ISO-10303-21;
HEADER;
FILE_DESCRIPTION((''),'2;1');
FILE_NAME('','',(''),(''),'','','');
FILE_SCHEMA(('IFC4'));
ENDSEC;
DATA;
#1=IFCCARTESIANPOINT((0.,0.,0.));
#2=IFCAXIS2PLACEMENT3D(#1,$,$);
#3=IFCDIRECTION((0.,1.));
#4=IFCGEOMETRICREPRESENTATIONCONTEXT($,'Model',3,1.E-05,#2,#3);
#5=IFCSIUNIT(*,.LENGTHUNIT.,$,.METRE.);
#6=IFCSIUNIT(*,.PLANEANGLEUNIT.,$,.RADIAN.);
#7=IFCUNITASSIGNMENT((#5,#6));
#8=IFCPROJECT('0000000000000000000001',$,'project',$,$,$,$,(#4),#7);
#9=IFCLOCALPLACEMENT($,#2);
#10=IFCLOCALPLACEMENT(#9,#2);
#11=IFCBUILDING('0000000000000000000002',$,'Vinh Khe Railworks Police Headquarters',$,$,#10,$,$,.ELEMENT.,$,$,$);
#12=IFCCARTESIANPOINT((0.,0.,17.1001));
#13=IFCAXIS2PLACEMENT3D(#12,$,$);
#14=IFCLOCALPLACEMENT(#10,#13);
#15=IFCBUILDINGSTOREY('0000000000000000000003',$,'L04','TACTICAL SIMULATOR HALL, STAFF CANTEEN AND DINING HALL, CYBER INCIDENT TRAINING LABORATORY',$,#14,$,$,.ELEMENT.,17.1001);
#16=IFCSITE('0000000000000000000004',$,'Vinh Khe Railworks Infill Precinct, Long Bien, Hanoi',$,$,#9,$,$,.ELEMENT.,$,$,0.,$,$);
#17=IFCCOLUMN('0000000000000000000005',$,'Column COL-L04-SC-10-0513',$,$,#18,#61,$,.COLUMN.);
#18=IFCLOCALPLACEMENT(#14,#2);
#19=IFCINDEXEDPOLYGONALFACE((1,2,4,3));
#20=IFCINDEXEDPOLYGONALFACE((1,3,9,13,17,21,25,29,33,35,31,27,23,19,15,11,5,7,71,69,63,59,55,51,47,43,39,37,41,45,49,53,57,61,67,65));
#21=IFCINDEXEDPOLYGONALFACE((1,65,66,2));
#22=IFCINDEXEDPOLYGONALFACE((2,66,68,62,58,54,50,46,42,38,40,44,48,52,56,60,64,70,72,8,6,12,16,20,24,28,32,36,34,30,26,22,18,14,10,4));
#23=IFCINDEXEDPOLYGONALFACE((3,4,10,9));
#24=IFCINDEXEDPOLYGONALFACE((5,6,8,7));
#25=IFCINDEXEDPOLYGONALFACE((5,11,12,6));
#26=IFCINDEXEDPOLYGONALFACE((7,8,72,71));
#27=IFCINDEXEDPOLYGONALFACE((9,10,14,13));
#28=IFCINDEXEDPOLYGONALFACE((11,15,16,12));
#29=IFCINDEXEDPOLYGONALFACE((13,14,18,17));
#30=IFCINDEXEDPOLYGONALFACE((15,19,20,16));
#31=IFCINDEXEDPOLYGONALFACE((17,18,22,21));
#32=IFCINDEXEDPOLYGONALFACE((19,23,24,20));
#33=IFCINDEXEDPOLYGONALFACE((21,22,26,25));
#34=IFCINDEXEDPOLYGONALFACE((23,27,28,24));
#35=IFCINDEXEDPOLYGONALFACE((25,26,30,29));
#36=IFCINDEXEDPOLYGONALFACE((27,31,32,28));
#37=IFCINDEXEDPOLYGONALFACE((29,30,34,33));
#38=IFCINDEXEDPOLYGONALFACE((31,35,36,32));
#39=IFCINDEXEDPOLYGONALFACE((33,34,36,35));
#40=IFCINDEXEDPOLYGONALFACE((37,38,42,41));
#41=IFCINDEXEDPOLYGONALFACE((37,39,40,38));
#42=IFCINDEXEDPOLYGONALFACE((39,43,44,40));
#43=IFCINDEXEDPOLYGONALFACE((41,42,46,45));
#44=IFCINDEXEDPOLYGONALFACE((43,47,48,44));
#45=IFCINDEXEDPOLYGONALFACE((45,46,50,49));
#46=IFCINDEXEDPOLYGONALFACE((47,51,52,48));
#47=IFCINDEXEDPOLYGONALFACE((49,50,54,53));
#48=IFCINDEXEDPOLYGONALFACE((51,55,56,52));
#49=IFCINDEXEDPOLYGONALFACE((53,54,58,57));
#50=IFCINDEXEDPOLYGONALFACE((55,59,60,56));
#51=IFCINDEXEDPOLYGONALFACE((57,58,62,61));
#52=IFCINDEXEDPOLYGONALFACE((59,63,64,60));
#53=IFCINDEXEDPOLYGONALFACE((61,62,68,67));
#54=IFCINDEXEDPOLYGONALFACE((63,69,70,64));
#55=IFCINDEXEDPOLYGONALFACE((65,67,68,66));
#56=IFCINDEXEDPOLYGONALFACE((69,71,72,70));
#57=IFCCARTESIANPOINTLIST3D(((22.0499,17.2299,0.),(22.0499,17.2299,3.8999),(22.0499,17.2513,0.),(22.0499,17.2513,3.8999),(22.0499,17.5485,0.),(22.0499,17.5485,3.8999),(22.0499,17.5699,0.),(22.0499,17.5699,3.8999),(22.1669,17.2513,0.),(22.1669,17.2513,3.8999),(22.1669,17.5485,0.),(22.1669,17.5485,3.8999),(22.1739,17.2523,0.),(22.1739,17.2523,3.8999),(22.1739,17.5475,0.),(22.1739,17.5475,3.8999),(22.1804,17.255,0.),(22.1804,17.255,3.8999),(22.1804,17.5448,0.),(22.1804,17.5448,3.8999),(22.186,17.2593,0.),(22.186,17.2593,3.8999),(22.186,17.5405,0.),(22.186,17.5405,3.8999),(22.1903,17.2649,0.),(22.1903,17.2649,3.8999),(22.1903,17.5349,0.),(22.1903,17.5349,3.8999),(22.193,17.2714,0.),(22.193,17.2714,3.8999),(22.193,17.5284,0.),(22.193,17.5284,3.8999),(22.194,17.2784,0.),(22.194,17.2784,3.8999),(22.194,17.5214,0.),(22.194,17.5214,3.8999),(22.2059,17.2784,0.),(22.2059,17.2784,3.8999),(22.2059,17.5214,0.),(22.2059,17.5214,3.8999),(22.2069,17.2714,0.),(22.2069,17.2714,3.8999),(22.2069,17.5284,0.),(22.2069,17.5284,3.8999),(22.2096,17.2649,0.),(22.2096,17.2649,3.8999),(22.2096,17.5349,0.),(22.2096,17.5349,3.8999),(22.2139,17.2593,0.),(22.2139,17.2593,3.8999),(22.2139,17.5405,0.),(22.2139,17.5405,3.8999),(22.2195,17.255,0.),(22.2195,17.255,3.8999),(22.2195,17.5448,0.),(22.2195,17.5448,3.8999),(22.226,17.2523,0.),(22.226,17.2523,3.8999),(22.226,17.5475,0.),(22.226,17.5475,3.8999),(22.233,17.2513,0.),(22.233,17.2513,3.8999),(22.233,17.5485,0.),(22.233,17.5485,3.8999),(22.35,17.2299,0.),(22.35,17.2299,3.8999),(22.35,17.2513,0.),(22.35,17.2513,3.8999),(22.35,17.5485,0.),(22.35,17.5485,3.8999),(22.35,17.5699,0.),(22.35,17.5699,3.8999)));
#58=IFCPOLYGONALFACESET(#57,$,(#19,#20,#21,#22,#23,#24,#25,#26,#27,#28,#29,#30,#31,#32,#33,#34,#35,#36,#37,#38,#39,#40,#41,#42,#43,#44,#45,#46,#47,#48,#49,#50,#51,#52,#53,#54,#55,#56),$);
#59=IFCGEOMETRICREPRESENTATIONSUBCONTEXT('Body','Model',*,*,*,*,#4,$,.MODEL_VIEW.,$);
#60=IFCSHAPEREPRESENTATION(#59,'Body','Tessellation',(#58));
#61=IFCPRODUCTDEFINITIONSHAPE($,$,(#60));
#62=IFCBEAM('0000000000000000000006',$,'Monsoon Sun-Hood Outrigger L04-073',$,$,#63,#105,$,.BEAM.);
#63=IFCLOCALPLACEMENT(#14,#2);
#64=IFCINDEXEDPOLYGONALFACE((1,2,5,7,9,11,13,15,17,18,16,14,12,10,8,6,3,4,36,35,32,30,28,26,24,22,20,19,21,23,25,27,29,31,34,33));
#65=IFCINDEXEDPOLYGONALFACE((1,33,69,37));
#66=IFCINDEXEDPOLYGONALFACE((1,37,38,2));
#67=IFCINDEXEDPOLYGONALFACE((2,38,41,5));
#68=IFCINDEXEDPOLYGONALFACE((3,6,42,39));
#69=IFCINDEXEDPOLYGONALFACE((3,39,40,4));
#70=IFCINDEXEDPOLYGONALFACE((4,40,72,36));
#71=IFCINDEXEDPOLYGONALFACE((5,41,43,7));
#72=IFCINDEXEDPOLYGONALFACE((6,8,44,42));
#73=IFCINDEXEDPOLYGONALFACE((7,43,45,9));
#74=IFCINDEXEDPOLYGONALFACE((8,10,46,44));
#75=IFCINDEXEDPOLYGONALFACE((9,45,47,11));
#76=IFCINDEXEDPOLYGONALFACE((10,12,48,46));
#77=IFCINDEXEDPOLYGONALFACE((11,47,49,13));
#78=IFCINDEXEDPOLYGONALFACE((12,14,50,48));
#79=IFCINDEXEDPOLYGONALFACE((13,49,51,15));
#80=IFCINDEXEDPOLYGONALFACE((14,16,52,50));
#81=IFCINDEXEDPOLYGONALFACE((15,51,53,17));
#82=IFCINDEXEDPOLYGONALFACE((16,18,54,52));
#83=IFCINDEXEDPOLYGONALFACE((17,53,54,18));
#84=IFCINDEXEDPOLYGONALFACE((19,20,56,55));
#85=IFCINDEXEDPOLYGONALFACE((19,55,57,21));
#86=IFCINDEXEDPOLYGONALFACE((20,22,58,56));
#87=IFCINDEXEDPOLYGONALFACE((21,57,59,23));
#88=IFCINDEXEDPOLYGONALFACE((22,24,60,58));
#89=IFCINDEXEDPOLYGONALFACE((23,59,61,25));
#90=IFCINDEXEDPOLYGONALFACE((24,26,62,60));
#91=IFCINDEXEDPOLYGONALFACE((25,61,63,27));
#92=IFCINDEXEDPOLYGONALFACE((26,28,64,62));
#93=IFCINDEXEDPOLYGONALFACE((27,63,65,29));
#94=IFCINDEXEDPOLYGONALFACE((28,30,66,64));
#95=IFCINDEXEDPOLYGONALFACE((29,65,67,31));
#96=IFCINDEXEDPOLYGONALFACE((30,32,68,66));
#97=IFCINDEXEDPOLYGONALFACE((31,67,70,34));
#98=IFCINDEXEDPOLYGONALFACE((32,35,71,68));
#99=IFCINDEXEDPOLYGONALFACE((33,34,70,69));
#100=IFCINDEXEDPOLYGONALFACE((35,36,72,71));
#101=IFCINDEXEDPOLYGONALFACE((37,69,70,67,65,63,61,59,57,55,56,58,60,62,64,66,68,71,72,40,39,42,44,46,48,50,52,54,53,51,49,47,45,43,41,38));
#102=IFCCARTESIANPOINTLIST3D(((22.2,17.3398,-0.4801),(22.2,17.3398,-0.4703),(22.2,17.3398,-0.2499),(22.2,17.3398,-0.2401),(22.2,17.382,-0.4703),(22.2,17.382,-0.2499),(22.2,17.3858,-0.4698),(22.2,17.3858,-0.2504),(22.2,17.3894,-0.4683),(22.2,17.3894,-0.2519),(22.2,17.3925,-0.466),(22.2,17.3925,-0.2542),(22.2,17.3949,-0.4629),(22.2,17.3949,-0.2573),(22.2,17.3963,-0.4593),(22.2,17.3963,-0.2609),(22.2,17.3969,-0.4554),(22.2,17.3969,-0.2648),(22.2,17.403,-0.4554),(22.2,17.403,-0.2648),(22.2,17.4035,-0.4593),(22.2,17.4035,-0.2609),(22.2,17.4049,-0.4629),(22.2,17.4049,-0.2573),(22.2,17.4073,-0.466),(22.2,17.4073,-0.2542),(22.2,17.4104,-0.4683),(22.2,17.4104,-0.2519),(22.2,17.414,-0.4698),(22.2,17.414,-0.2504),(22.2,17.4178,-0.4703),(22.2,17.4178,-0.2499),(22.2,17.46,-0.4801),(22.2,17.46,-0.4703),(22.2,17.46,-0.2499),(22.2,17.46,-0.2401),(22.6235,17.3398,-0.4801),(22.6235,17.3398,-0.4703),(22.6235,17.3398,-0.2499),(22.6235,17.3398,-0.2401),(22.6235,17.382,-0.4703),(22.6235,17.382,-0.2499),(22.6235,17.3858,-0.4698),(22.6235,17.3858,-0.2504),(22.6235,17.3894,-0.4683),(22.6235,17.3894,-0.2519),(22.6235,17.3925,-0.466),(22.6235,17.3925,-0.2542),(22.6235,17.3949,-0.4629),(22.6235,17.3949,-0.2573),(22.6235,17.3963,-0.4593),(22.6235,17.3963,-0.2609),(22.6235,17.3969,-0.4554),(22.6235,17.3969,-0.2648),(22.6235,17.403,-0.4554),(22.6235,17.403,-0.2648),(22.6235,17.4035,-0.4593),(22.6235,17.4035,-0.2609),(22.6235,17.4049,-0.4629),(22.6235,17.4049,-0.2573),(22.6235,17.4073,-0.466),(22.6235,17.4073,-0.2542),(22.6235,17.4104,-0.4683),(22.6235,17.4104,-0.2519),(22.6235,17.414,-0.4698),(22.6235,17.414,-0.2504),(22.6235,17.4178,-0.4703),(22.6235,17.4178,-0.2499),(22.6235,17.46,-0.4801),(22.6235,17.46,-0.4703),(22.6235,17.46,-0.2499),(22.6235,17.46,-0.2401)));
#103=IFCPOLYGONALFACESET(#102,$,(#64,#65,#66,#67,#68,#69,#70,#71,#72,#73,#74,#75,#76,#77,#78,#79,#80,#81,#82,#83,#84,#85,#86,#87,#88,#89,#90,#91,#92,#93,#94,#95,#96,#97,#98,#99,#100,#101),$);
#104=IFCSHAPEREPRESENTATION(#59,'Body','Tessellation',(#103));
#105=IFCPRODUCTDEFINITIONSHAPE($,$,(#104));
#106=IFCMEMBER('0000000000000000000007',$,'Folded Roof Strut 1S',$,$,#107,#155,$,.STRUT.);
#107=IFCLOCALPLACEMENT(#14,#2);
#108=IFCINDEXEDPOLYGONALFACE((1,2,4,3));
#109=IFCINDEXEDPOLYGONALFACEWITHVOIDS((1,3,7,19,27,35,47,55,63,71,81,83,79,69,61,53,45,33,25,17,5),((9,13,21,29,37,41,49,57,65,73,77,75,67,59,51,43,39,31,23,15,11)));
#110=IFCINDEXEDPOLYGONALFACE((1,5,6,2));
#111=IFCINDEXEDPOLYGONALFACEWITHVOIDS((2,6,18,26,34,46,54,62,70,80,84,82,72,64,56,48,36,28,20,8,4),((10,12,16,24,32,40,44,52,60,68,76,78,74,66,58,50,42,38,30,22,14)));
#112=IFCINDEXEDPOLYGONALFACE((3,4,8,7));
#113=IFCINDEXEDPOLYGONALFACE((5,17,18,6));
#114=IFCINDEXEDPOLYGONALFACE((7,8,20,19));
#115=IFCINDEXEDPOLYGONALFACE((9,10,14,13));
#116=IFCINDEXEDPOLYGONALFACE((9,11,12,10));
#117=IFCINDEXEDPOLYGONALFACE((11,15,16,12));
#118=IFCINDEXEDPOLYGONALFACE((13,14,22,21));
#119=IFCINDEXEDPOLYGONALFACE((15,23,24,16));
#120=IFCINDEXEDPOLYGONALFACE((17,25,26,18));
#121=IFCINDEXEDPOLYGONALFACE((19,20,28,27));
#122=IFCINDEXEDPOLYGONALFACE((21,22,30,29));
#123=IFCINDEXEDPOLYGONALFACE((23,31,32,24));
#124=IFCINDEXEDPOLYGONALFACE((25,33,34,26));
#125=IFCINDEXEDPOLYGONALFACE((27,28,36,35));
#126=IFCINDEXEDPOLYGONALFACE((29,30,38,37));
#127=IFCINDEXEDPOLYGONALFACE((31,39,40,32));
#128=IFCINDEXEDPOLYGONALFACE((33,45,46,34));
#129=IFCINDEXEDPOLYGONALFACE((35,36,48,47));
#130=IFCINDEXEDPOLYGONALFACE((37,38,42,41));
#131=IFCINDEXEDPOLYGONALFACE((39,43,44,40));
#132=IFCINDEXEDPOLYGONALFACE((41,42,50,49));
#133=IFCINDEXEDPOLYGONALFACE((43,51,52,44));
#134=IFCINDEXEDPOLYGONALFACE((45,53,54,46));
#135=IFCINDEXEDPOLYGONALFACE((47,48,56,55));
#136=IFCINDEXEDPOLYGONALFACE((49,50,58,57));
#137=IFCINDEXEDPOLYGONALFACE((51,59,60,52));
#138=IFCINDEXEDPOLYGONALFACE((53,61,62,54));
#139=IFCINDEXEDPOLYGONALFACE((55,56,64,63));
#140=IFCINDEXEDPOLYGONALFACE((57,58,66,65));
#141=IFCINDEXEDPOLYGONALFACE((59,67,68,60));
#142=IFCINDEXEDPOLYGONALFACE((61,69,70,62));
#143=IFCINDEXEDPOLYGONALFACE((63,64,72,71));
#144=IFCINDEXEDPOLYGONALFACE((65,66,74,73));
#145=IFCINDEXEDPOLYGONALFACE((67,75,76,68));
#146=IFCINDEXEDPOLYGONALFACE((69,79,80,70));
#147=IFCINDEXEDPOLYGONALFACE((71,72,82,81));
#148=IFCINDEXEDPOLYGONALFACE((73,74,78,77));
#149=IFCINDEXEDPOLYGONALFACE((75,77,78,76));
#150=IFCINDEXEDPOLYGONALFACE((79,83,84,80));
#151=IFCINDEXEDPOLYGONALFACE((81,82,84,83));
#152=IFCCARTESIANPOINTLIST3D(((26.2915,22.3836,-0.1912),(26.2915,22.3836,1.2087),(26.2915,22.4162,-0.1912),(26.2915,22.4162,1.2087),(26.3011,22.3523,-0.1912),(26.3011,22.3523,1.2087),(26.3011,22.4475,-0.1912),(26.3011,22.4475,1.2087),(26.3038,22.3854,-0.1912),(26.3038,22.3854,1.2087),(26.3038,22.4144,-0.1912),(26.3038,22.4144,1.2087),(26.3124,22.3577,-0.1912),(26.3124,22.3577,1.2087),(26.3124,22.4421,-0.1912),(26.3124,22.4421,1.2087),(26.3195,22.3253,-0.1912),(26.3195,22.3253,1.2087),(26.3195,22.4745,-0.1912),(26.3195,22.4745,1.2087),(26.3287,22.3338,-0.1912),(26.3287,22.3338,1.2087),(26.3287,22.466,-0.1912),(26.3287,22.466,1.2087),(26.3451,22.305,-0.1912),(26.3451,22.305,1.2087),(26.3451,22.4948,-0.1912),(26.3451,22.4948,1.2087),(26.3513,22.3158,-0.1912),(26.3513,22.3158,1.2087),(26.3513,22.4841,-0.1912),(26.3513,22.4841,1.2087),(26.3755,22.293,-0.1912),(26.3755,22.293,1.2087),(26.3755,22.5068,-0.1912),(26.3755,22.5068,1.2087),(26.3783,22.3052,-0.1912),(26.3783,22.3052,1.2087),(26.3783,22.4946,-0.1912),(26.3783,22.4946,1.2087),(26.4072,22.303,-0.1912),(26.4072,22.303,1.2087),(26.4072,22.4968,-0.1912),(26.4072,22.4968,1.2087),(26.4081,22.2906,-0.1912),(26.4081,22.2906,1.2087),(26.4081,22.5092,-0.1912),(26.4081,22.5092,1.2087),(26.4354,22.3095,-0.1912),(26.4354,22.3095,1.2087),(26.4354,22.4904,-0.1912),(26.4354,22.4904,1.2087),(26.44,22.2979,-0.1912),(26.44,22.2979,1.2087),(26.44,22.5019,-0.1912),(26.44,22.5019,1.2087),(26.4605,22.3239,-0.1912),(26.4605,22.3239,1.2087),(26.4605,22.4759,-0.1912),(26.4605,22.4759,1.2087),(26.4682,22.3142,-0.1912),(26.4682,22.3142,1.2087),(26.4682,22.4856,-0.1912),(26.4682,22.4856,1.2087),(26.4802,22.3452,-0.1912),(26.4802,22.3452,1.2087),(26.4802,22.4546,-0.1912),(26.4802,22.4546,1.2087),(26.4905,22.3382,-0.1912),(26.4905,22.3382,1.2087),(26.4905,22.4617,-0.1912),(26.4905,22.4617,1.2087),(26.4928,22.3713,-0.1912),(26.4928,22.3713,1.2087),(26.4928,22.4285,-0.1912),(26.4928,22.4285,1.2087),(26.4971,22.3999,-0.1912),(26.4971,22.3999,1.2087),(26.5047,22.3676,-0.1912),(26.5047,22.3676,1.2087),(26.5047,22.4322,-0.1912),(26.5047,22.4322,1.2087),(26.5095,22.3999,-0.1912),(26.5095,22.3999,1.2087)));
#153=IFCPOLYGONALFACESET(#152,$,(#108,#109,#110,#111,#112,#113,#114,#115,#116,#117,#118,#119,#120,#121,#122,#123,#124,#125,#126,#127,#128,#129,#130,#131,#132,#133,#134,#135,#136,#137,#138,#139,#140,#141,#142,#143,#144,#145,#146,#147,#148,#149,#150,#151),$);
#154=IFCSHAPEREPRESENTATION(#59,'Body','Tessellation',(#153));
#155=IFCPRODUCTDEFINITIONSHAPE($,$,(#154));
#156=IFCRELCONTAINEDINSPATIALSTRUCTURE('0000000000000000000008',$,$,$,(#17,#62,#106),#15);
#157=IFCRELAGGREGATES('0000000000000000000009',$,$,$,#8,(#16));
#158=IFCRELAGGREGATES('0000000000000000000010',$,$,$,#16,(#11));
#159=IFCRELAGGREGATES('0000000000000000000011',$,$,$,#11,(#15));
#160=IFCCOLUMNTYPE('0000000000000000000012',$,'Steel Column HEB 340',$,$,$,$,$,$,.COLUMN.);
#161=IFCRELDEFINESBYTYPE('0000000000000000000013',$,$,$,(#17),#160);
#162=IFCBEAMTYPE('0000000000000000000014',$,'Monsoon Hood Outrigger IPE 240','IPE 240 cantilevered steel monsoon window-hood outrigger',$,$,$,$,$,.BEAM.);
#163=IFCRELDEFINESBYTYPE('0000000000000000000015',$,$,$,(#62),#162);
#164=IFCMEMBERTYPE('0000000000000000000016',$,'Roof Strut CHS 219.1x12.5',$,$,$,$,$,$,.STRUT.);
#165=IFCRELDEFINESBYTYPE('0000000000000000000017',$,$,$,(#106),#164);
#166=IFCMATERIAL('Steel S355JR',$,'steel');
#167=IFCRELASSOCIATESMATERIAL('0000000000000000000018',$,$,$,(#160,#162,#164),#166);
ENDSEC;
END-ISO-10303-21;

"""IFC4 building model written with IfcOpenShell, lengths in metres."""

from ifc_helpers import new_model, si_unit, direction, frame, origin, origin_2d, place, context, subcontext, project, spatial, hollow_circle, i_section, extrude, material, material_profile, profile_set, type_object, element, save


model = new_model("IFC4")

# Units and contexts
model_context = context("Model", 3, precision=1e-05, world=origin(), true_north=direction((0.0, 1.0)))
body_context = subcontext(model_context, "Body", "Model", "MODEL_VIEW")
ifc_project = project(units=[si_unit("LENGTHUNIT", "METRE"), si_unit("PLANEANGLEUNIT", "RADIAN")], contexts=[model_context])

# Site, building, storey
site_placement = place(None, origin())
site = spatial("IfcSite", under=ifc_project, at=site_placement, Name="Vinh Khe Railworks Infill Precinct, Long Bien, Hanoi", CompositionType="ELEMENT", RefElevation=0.0)
building_placement = place(site_placement, origin())
building = spatial("IfcBuilding", under=site, at=building_placement, Name="Vinh Khe Railworks Police Headquarters", CompositionType="ELEMENT")
storey_placement = place(building_placement, frame((0.0, 0.0, 17.1001)))
storey = spatial("IfcBuildingStorey", under=building, at=storey_placement, Name="L04", Description="TACTICAL SIMULATOR HALL, STAFF CANTEEN AND DINING HALL, CYBER INCIDENT TRAINING LABORATORY", CompositionType="ELEMENT", Elevation=17.1001)

# Column
ifc_material_1 = material(Name="Steel S355JR", Category="steel")
ifc_material_profile_1 = material_profile(ifc_material_1, i_section(OverallWidth=0.3, OverallDepth=0.3401, WebThickness=0.012, FlangeThickness=0.0215, FilletRadius=0.0271, at=origin_2d()), Name="HEB 340")
ifc_profile_set_1 = profile_set([ifc_material_profile_1], Name="Steel S355JR")
column_type = type_object("IfcColumnType", Name="Steel Column HEB 340", PredefinedType="COLUMN", material=ifc_profile_set_1)
column_placement = place(storey_placement, frame((22.2, 17.3999, 0.0), z_axis=(0.0, 0.0, 1.0), x_axis=(1.0, 0.0, 0.0)))
element("IfcColumn", 1, at=column_placement, inside=storey, type_object=column_type, Name="Column COL-L04-SC-10-0513", PredefinedType="COLUMN", context=body_context, shape_type="SweptSolid", body=[
    extrude(i_section(OverallWidth=0.3, OverallDepth=0.3401, WebThickness=0.012, FlangeThickness=0.0215, FilletRadius=0.0271, at=origin_2d()), origin(), (0.0, 0.0, 1.0), 3.8999),
])

# Beam
ifc_material_profile_2 = material_profile(ifc_material_1, i_section(OverallWidth=0.1201, OverallDepth=0.24, WebThickness=0.0061, FlangeThickness=0.0098, FilletRadius=0.0149, at=origin_2d()), Name="IPE 240")
ifc_profile_set_2 = profile_set([ifc_material_profile_2], Name="Steel S355JR")
beam_type_1 = type_object("IfcBeamType", Name="Monsoon Hood Outrigger IPE 240", Description="IPE 240 cantilevered steel monsoon window-hood outrigger", PredefinedType="BEAM", material=ifc_profile_set_2)
beam_1_placement = place(storey_placement, frame((22.2, 17.3999, -0.3601), z_axis=(1.0, 0.0, 0.0), x_axis=(0.0, 1.0, 0.0)))
element("IfcBeam", 2, at=beam_1_placement, inside=storey, type_object=beam_type_1, Name="Monsoon Sun-Hood Outrigger L04-073", PredefinedType="BEAM", context=body_context, shape_type="SweptSolid", body=[
    extrude(i_section(OverallWidth=0.1201, OverallDepth=0.24, WebThickness=0.0061, FlangeThickness=0.0098, FilletRadius=0.0149, at=origin_2d()), origin(), (0.0, 0.0, 1.0), 0.4236),
])

# Member
ifc_material_profile_3 = material_profile(ifc_material_1, hollow_circle(Radius=0.1096, WallThickness=0.0125, at=origin_2d()), Name="CHS 219.1x12.5")
ifc_profile_set_3 = profile_set([ifc_material_profile_3], Name="Steel S355JR")
member_type = type_object("IfcMemberType", Name="Roof Strut CHS 219.1x12.5", PredefinedType="STRUT", material=ifc_profile_set_3)
member_placement = place(storey_placement, frame((26.3999, 22.3999, -0.1912), z_axis=(0.0, 0.0, 1.0), x_axis=(1.0, 0.0, 0.0)))
element("IfcMember", 3, at=member_placement, inside=storey, type_object=member_type, Name="Folded Roof Strut 1S", PredefinedType="STRUT", context=body_context, shape_type="SweptSolid", body=[
    extrude(hollow_circle(Radius=0.1096, WallThickness=0.0125, at=origin_2d()), origin(), (0.0, 0.0, 1.0), 1.3999),
])

save(model, "model.ifc")
